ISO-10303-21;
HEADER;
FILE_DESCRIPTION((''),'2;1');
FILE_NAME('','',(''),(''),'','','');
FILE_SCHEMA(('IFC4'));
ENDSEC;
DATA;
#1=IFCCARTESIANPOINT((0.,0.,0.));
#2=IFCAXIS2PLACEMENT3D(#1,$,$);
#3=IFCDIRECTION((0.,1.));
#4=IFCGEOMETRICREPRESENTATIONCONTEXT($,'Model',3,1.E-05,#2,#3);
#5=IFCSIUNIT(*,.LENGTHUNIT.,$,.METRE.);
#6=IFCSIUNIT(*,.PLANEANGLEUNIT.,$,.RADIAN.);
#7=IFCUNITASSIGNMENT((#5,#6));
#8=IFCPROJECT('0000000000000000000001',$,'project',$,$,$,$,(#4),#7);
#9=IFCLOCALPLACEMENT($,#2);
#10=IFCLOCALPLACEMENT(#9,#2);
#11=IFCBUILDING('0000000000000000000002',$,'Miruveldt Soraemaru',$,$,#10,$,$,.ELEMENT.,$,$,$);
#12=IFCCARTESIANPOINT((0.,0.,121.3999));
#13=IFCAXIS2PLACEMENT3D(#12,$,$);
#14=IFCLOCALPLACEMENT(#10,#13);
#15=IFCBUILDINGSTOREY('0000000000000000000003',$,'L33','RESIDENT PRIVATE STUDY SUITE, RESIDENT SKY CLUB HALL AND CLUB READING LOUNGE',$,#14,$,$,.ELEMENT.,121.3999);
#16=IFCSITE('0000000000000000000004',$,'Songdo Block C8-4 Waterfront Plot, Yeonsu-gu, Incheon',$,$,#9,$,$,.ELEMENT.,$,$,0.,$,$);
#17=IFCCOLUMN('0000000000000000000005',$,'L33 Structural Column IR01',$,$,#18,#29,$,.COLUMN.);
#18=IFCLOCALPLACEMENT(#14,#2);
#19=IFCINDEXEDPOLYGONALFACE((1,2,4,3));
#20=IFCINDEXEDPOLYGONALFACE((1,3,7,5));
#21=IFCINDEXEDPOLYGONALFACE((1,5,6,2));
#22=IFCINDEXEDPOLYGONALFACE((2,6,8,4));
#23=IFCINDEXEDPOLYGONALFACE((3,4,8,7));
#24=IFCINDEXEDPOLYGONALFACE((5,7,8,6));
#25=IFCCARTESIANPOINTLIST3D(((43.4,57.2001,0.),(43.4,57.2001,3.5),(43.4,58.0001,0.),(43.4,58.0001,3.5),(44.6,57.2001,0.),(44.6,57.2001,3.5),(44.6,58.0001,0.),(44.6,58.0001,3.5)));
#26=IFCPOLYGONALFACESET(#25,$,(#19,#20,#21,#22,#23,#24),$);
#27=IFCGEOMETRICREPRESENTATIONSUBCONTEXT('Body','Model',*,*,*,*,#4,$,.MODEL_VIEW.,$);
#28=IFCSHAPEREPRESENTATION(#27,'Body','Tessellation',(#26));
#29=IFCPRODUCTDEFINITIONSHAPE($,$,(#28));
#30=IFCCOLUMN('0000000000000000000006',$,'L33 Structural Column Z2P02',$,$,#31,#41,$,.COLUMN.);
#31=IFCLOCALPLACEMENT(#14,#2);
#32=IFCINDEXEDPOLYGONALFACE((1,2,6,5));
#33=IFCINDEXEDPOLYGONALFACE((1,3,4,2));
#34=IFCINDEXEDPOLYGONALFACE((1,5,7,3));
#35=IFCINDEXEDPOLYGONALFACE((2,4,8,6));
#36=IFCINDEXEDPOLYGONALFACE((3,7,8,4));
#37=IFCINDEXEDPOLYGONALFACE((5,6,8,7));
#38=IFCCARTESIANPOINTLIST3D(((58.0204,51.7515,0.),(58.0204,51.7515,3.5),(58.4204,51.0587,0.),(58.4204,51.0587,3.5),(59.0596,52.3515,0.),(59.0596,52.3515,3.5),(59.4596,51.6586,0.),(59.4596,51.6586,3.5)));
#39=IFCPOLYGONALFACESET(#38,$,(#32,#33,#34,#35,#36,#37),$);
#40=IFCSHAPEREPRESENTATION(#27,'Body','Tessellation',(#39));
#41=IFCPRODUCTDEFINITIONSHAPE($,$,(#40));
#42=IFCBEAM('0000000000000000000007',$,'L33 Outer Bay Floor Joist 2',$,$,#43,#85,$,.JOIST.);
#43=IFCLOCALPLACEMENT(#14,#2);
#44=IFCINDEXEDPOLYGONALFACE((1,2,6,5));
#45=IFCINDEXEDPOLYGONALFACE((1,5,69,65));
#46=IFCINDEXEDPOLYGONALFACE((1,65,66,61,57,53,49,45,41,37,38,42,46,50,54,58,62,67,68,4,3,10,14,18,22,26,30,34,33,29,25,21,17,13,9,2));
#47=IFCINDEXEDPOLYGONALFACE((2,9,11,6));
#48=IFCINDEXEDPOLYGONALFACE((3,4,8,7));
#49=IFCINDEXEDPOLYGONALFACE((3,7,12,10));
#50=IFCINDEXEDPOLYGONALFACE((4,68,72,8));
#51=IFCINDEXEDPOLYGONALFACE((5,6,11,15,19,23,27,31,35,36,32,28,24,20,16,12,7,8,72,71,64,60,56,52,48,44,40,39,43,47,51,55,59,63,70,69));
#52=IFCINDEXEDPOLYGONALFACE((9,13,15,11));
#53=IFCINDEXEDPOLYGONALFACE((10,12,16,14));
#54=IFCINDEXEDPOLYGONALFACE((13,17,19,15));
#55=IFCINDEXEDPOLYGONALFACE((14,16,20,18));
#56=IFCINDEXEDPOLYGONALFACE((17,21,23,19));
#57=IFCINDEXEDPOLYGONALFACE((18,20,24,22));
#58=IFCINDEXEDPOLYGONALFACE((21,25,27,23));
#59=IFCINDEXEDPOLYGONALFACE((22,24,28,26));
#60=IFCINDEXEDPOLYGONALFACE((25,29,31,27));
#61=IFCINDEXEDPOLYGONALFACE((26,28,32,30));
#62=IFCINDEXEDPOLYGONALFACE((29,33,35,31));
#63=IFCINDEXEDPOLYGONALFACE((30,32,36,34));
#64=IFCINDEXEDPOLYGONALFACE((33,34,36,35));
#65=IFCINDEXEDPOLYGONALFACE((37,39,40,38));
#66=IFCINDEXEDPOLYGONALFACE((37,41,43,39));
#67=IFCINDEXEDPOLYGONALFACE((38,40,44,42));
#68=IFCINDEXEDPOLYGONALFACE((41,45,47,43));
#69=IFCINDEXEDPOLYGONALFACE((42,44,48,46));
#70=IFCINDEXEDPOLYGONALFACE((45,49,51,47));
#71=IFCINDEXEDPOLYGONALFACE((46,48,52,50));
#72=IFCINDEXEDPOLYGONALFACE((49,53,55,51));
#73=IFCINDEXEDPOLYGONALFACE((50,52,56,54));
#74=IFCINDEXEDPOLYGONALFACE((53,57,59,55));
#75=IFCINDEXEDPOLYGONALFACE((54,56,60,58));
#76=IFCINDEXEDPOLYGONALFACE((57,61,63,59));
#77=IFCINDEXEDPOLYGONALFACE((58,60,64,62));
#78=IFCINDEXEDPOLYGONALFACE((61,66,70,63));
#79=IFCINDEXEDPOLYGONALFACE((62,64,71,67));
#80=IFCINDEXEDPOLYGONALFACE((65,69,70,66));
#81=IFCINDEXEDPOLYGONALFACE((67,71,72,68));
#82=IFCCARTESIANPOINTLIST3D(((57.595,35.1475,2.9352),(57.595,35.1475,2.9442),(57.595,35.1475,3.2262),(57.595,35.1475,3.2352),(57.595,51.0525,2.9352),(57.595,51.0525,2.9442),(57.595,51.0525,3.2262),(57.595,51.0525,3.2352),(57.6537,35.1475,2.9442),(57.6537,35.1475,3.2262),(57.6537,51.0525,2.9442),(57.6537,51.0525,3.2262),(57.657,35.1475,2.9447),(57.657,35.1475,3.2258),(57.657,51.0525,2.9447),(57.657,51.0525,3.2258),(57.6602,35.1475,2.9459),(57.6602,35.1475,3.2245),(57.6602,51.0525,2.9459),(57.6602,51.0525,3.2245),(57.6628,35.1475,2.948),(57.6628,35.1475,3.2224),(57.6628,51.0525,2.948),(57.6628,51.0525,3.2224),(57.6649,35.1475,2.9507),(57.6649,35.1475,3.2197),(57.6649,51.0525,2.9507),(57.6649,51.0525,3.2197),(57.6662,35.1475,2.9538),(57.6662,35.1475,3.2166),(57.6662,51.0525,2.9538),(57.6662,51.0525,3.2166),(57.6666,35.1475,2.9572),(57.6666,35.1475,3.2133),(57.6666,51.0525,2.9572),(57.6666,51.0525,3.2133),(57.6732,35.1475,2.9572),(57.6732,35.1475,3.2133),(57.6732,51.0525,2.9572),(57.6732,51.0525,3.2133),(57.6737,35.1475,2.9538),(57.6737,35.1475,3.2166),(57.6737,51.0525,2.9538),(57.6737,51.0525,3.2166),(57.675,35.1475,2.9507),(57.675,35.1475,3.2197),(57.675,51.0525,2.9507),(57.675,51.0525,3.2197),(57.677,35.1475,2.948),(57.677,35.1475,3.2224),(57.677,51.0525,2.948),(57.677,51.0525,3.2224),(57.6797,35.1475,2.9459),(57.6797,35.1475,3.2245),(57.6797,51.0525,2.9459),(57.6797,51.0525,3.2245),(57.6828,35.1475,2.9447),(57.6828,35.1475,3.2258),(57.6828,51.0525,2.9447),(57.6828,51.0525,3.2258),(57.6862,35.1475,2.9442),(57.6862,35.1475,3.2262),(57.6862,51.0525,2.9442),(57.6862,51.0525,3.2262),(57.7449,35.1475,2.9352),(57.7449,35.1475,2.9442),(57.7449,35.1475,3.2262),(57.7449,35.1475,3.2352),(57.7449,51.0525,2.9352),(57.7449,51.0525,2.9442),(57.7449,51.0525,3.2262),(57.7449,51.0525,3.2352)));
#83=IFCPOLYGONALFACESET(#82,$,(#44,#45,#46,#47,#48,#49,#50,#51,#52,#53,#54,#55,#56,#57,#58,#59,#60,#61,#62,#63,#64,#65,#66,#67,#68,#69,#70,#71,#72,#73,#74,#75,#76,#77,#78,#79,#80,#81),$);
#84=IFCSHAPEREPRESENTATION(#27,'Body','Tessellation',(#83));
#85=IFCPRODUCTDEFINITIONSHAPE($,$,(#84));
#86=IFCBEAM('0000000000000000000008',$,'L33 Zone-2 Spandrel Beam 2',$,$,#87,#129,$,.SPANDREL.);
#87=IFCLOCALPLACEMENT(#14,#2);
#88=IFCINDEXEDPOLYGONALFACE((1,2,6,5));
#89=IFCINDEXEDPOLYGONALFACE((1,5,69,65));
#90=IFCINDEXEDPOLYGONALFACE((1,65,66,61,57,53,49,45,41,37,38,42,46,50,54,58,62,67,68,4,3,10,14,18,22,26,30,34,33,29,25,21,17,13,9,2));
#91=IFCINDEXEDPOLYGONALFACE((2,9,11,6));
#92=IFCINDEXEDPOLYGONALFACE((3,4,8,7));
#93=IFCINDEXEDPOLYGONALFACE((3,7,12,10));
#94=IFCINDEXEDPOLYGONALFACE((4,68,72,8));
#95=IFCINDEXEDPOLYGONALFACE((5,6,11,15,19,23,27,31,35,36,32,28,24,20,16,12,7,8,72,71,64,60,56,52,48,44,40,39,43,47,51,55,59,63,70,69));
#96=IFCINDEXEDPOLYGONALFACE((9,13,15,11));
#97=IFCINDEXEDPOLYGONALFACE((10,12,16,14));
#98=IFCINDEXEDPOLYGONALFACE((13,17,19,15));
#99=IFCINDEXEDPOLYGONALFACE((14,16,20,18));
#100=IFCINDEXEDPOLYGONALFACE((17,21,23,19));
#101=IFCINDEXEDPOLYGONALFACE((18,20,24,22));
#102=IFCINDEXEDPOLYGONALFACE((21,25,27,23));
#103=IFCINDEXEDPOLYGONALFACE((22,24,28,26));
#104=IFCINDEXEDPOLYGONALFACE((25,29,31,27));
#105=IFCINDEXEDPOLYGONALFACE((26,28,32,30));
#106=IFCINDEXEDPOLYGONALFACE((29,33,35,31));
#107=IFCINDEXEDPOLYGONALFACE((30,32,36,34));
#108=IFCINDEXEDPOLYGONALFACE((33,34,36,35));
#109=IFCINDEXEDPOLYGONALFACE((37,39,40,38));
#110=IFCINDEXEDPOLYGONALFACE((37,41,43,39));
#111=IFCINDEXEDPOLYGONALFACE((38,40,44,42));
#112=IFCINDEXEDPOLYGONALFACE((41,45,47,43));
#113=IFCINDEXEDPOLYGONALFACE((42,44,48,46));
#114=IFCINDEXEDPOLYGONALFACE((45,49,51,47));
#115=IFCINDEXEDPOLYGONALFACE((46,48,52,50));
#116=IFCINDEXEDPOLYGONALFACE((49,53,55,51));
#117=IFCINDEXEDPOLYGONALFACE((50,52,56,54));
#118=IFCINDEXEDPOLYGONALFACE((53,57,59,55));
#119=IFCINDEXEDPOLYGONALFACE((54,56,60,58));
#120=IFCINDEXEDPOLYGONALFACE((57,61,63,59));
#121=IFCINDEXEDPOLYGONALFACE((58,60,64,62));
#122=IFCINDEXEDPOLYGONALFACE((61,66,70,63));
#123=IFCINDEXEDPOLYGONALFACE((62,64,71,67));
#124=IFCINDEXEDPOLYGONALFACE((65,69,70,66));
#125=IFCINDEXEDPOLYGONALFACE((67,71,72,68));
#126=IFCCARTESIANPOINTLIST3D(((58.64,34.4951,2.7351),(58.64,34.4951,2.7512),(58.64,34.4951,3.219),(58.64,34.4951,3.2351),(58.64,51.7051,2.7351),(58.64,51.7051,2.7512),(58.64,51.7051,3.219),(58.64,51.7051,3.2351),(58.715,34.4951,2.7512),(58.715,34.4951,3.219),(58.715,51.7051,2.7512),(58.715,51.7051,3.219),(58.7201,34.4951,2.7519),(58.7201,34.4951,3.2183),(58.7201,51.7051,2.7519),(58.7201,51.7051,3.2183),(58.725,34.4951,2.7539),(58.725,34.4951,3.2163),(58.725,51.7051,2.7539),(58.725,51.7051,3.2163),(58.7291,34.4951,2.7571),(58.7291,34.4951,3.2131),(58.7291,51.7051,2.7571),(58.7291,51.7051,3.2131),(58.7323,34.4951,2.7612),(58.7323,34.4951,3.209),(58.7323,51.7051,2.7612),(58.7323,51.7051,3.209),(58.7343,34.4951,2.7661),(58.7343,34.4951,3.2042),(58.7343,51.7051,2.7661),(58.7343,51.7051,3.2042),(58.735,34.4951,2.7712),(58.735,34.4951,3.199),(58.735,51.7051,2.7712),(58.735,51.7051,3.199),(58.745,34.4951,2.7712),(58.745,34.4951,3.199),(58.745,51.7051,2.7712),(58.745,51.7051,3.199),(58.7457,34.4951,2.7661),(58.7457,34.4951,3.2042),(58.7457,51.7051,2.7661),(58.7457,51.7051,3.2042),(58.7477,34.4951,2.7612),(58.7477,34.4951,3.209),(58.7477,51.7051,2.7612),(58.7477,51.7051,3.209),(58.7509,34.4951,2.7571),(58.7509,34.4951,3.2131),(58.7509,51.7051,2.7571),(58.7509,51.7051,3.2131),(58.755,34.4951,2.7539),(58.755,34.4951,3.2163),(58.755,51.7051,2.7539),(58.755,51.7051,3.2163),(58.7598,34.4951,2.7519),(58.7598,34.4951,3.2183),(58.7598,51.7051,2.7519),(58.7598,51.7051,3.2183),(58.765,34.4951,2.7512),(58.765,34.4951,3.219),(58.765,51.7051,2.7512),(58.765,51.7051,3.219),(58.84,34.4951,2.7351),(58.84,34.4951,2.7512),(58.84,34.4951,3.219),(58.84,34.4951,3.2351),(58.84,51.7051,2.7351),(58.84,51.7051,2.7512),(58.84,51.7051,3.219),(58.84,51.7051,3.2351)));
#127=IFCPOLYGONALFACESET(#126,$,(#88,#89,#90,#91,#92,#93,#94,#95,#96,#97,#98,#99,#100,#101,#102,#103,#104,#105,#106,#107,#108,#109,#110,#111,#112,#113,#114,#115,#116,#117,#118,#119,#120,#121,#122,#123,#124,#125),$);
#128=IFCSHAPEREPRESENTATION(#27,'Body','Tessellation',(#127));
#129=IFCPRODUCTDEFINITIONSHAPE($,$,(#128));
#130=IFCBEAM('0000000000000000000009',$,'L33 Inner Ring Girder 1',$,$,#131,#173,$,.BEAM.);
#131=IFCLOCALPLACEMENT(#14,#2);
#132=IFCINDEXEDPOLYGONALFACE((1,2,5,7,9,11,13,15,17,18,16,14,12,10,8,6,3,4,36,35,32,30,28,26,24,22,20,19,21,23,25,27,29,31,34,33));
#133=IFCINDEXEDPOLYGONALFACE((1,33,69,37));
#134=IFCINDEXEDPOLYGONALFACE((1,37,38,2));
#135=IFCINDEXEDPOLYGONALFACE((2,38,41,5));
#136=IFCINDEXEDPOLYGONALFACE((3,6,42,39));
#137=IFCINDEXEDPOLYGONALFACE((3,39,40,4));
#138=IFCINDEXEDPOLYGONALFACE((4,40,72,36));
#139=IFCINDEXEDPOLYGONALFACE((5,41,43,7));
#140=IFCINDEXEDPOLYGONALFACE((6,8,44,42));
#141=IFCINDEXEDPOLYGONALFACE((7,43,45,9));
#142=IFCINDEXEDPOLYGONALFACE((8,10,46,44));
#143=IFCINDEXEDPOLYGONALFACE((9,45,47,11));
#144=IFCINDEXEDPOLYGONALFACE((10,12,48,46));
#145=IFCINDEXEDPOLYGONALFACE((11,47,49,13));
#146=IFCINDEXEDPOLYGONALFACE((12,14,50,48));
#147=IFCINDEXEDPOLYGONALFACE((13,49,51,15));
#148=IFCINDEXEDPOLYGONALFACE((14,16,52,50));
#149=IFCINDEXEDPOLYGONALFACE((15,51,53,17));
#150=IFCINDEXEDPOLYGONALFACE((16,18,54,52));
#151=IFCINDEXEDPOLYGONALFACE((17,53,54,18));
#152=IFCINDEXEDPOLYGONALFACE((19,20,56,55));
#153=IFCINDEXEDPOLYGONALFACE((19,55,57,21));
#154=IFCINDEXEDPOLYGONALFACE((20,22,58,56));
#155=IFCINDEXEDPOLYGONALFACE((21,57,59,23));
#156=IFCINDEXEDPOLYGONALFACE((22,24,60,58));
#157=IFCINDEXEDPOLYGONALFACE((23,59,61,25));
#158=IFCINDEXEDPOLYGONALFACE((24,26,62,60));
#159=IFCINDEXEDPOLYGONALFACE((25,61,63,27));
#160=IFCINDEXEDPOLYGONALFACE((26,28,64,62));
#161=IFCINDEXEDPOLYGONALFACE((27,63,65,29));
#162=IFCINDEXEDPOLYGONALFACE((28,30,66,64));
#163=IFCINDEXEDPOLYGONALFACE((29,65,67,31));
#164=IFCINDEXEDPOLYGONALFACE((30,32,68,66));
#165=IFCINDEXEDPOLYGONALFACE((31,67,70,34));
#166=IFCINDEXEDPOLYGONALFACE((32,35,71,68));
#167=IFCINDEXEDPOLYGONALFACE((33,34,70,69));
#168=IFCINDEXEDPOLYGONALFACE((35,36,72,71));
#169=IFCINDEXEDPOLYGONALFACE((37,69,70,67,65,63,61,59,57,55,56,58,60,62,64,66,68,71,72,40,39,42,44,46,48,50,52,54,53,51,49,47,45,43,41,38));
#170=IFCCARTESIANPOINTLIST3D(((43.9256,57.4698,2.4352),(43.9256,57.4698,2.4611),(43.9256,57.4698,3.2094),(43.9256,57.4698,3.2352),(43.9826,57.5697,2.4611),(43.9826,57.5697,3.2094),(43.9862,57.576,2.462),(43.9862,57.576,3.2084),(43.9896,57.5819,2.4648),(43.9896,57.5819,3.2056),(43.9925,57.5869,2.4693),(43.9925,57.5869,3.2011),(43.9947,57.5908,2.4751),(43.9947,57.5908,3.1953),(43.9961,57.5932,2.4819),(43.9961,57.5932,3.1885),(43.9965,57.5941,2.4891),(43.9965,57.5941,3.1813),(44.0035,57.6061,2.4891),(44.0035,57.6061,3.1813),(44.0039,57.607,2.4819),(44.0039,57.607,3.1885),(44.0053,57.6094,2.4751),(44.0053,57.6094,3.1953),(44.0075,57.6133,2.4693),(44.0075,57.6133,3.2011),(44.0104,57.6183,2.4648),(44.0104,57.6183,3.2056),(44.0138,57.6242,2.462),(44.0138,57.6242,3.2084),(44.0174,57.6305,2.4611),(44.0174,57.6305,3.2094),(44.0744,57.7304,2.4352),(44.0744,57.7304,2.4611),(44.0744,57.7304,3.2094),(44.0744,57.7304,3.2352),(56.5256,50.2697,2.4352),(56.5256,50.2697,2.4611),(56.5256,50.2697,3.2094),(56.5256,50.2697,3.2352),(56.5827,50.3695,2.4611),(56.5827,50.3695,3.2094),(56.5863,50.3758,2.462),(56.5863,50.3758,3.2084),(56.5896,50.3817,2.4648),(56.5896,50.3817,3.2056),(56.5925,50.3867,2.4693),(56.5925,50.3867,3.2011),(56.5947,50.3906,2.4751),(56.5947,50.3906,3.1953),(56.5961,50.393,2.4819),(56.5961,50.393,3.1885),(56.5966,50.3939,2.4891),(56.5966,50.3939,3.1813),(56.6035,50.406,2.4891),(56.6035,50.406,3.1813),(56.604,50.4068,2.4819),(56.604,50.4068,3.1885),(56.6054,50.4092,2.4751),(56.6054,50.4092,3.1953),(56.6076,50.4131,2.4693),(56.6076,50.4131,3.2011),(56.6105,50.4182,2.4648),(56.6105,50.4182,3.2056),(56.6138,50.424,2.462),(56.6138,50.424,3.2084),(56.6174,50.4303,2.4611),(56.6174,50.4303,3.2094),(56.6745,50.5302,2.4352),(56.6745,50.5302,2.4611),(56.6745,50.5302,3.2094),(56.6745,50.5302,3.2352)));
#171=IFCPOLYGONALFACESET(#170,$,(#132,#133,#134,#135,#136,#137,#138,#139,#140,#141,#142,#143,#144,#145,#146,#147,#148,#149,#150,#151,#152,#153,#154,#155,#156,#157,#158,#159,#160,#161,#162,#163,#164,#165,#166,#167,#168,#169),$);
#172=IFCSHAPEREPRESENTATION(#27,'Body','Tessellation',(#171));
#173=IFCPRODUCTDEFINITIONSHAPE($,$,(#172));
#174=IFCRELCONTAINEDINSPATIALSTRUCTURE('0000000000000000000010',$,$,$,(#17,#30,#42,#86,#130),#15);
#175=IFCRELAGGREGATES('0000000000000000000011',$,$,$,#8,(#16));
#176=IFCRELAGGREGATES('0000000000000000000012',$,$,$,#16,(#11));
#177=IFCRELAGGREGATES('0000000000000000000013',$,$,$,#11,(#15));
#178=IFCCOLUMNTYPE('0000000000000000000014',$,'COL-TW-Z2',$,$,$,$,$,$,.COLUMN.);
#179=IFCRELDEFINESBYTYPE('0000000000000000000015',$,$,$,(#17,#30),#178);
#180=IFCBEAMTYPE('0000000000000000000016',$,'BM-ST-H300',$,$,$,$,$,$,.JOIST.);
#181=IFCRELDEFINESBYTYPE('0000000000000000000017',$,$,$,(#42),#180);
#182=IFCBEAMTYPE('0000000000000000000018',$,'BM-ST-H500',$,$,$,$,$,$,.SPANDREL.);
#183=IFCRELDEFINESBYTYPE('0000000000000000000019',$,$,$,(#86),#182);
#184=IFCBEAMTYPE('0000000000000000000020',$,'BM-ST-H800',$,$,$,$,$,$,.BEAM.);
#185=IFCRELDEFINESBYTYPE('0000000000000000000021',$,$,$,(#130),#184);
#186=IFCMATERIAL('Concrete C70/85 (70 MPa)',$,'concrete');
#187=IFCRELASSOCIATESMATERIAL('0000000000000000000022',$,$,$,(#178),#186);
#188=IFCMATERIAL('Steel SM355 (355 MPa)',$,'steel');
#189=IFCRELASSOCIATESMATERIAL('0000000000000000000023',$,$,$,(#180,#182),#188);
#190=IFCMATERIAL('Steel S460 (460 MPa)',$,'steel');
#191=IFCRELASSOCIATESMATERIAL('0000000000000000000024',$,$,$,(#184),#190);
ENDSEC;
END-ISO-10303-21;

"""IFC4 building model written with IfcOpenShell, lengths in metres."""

from ifc_helpers import new_model, si_unit, direction, frame, origin, origin_2d, place, context, subcontext, project, spatial, rectangle, i_section, extrude, material, material_profile, profile_set, type_object, element, save


model = new_model("IFC4")

# Units and contexts
model_context = context("Model", 3, precision=1e-05, world=origin(), true_north=direction((0.0, 1.0)))
body_context = subcontext(model_context, "Body", "Model", "MODEL_VIEW")
ifc_project = project(units=[si_unit("LENGTHUNIT", "METRE"), si_unit("PLANEANGLEUNIT", "RADIAN")], contexts=[model_context])

# Site, building, storey
site_placement = place(None, origin())
site = spatial("IfcSite", under=ifc_project, at=site_placement, Name="Songdo Block C8-4 Waterfront Plot, Yeonsu-gu, Incheon", CompositionType="ELEMENT", RefElevation=0.0)
building_placement = place(site_placement, origin())
building = spatial("IfcBuilding", under=site, at=building_placement, Name="Miruveldt Soraemaru", CompositionType="ELEMENT")
storey_placement = place(building_placement, frame((0.0, 0.0, 121.3999)))
storey = spatial("IfcBuildingStorey", under=building, at=storey_placement, Name="L33", Description="RESIDENT PRIVATE STUDY SUITE, RESIDENT SKY CLUB HALL AND CLUB READING LOUNGE", CompositionType="ELEMENT", Elevation=121.3999)

# Columns
ifc_material_1 = material(Name="Concrete C70/85 (70 MPa)", Category="concrete")
ifc_material_profile_1 = material_profile(ifc_material_1, rectangle(XDim=1.2, YDim=0.8, at=origin_2d()), Name="Concrete C70/85 (70 MPa)", Category="concrete")
ifc_profile_set_1 = profile_set([ifc_material_profile_1], Name="Concrete C70/85 (70 MPa)")
column_type = type_object("IfcColumnType", Name="COL-TW-Z2", PredefinedType="COLUMN", material=ifc_profile_set_1)
for number, where, z_axis, x_axis, name in (
    (1, (44.0, 57.6001, 0.0), (0.0, 0.0, 1.0), (1.0, 0.0, 0.0), "L33 Structural Column IR01"),
    (2, (58.74, 51.7051, 0.0), (0.0, 0.0, 1.0), (0.866025, 0.5, 0.0), "L33 Structural Column Z2P02"),
):
    element("IfcColumn", number, at=place(storey_placement, frame(where, z_axis=z_axis, x_axis=x_axis)), inside=storey, type_object=column_type, Name=name, PredefinedType="COLUMN", context=body_context, shape_type="SweptSolid", body=[
        extrude(rectangle(XDim=1.2, YDim=0.8, at=origin_2d()), origin(), (0.0, 0.0, 1.0), 3.5),
    ])

# Beams
ifc_material_2 = material(Name="Steel SM355 (355 MPa)", Category="steel")
ifc_material_profile_2 = material_profile(ifc_material_2, i_section(OverallWidth=0.1499, OverallDepth=0.3, WebThickness=0.0066, FlangeThickness=0.009, FilletRadius=0.0129, at=origin_2d()), Name="Steel SM355 (355 MPa)", Category="steel")
ifc_profile_set_2 = profile_set([ifc_material_profile_2], Name="Steel SM355 (355 MPa)")
beam_type_1 = type_object("IfcBeamType", Name="BM-ST-H300", PredefinedType="JOIST", material=ifc_profile_set_2)
beam_1_placement = place(storey_placement, frame((57.6699, 51.0525, 3.0852), z_axis=(0.0, -1.0, 0.0), x_axis=(1.0, 0.0, 0.0)))
element("IfcBeam", 3, at=beam_1_placement, inside=storey, type_object=beam_type_1, Name="L33 Outer Bay Floor Joist 2", PredefinedType="JOIST", context=body_context, shape_type="SweptSolid", body=[
    extrude(i_section(OverallWidth=0.1499, OverallDepth=0.3, WebThickness=0.0066, FlangeThickness=0.009, FilletRadius=0.0129, at=origin_2d()), origin(), (0.0, 0.0, 1.0), 15.905),
])
ifc_material_profile_3 = material_profile(ifc_material_2, i_section(OverallWidth=0.2, OverallDepth=0.5, WebThickness=0.01, FlangeThickness=0.0161, FilletRadius=0.02, at=origin_2d()), Name="Steel SM355 (355 MPa)", Category="steel")
ifc_profile_set_3 = profile_set([ifc_material_profile_3], Name="Steel SM355 (355 MPa)")
beam_type_2 = type_object("IfcBeamType", Name="BM-ST-H500", PredefinedType="SPANDREL", material=ifc_profile_set_3)
beam_2_placement = place(storey_placement, frame((58.74, 51.7051, 2.9851), z_axis=(0.0, -1.0, 0.0), x_axis=(1.0, 0.0, 0.0)))
element("IfcBeam", 4, at=beam_2_placement, inside=storey, type_object=beam_type_2, Name="L33 Zone-2 Spandrel Beam 2", PredefinedType="SPANDREL", context=body_context, shape_type="SweptSolid", body=[
    extrude(i_section(OverallWidth=0.2, OverallDepth=0.5, WebThickness=0.01, FlangeThickness=0.0161, FilletRadius=0.02, at=origin_2d()), origin(), (0.0, 0.0, 1.0), 17.21),
])
ifc_material_3 = material(Name="Steel S460 (460 MPa)", Category="steel")
ifc_material_profile_4 = material_profile(ifc_material_3, i_section(OverallWidth=0.3, OverallDepth=0.8, WebThickness=0.0139, FlangeThickness=0.0259, FilletRadius=0.0281, at=origin_2d()), Name="Steel S460 (460 MPa)", Category="steel")
ifc_profile_set_4 = profile_set([ifc_material_profile_4], Name="Steel S460 (460 MPa)")
beam_type_3 = type_object("IfcBeamType", Name="BM-ST-H800", PredefinedType="BEAM", material=ifc_profile_set_4)
beam_3_placement = place(storey_placement, frame((44.0, 57.6001, 2.8352), z_axis=(0.868239, -0.496146, 0.0), x_axis=(0.496146, 0.868239, 0.0)))
element("IfcBeam", 5, at=beam_3_placement, inside=storey, type_object=beam_type_3, Name="L33 Inner Ring Girder 1", PredefinedType="BEAM", context=body_context, shape_type="SweptSolid", body=[
    extrude(i_section(OverallWidth=0.3, OverallDepth=0.8, WebThickness=0.0139, FlangeThickness=0.0259, FilletRadius=0.0281, at=origin_2d()), origin(), (0.0, 0.0, 1.0), 14.5122),
])

save(model, "model.ifc")
